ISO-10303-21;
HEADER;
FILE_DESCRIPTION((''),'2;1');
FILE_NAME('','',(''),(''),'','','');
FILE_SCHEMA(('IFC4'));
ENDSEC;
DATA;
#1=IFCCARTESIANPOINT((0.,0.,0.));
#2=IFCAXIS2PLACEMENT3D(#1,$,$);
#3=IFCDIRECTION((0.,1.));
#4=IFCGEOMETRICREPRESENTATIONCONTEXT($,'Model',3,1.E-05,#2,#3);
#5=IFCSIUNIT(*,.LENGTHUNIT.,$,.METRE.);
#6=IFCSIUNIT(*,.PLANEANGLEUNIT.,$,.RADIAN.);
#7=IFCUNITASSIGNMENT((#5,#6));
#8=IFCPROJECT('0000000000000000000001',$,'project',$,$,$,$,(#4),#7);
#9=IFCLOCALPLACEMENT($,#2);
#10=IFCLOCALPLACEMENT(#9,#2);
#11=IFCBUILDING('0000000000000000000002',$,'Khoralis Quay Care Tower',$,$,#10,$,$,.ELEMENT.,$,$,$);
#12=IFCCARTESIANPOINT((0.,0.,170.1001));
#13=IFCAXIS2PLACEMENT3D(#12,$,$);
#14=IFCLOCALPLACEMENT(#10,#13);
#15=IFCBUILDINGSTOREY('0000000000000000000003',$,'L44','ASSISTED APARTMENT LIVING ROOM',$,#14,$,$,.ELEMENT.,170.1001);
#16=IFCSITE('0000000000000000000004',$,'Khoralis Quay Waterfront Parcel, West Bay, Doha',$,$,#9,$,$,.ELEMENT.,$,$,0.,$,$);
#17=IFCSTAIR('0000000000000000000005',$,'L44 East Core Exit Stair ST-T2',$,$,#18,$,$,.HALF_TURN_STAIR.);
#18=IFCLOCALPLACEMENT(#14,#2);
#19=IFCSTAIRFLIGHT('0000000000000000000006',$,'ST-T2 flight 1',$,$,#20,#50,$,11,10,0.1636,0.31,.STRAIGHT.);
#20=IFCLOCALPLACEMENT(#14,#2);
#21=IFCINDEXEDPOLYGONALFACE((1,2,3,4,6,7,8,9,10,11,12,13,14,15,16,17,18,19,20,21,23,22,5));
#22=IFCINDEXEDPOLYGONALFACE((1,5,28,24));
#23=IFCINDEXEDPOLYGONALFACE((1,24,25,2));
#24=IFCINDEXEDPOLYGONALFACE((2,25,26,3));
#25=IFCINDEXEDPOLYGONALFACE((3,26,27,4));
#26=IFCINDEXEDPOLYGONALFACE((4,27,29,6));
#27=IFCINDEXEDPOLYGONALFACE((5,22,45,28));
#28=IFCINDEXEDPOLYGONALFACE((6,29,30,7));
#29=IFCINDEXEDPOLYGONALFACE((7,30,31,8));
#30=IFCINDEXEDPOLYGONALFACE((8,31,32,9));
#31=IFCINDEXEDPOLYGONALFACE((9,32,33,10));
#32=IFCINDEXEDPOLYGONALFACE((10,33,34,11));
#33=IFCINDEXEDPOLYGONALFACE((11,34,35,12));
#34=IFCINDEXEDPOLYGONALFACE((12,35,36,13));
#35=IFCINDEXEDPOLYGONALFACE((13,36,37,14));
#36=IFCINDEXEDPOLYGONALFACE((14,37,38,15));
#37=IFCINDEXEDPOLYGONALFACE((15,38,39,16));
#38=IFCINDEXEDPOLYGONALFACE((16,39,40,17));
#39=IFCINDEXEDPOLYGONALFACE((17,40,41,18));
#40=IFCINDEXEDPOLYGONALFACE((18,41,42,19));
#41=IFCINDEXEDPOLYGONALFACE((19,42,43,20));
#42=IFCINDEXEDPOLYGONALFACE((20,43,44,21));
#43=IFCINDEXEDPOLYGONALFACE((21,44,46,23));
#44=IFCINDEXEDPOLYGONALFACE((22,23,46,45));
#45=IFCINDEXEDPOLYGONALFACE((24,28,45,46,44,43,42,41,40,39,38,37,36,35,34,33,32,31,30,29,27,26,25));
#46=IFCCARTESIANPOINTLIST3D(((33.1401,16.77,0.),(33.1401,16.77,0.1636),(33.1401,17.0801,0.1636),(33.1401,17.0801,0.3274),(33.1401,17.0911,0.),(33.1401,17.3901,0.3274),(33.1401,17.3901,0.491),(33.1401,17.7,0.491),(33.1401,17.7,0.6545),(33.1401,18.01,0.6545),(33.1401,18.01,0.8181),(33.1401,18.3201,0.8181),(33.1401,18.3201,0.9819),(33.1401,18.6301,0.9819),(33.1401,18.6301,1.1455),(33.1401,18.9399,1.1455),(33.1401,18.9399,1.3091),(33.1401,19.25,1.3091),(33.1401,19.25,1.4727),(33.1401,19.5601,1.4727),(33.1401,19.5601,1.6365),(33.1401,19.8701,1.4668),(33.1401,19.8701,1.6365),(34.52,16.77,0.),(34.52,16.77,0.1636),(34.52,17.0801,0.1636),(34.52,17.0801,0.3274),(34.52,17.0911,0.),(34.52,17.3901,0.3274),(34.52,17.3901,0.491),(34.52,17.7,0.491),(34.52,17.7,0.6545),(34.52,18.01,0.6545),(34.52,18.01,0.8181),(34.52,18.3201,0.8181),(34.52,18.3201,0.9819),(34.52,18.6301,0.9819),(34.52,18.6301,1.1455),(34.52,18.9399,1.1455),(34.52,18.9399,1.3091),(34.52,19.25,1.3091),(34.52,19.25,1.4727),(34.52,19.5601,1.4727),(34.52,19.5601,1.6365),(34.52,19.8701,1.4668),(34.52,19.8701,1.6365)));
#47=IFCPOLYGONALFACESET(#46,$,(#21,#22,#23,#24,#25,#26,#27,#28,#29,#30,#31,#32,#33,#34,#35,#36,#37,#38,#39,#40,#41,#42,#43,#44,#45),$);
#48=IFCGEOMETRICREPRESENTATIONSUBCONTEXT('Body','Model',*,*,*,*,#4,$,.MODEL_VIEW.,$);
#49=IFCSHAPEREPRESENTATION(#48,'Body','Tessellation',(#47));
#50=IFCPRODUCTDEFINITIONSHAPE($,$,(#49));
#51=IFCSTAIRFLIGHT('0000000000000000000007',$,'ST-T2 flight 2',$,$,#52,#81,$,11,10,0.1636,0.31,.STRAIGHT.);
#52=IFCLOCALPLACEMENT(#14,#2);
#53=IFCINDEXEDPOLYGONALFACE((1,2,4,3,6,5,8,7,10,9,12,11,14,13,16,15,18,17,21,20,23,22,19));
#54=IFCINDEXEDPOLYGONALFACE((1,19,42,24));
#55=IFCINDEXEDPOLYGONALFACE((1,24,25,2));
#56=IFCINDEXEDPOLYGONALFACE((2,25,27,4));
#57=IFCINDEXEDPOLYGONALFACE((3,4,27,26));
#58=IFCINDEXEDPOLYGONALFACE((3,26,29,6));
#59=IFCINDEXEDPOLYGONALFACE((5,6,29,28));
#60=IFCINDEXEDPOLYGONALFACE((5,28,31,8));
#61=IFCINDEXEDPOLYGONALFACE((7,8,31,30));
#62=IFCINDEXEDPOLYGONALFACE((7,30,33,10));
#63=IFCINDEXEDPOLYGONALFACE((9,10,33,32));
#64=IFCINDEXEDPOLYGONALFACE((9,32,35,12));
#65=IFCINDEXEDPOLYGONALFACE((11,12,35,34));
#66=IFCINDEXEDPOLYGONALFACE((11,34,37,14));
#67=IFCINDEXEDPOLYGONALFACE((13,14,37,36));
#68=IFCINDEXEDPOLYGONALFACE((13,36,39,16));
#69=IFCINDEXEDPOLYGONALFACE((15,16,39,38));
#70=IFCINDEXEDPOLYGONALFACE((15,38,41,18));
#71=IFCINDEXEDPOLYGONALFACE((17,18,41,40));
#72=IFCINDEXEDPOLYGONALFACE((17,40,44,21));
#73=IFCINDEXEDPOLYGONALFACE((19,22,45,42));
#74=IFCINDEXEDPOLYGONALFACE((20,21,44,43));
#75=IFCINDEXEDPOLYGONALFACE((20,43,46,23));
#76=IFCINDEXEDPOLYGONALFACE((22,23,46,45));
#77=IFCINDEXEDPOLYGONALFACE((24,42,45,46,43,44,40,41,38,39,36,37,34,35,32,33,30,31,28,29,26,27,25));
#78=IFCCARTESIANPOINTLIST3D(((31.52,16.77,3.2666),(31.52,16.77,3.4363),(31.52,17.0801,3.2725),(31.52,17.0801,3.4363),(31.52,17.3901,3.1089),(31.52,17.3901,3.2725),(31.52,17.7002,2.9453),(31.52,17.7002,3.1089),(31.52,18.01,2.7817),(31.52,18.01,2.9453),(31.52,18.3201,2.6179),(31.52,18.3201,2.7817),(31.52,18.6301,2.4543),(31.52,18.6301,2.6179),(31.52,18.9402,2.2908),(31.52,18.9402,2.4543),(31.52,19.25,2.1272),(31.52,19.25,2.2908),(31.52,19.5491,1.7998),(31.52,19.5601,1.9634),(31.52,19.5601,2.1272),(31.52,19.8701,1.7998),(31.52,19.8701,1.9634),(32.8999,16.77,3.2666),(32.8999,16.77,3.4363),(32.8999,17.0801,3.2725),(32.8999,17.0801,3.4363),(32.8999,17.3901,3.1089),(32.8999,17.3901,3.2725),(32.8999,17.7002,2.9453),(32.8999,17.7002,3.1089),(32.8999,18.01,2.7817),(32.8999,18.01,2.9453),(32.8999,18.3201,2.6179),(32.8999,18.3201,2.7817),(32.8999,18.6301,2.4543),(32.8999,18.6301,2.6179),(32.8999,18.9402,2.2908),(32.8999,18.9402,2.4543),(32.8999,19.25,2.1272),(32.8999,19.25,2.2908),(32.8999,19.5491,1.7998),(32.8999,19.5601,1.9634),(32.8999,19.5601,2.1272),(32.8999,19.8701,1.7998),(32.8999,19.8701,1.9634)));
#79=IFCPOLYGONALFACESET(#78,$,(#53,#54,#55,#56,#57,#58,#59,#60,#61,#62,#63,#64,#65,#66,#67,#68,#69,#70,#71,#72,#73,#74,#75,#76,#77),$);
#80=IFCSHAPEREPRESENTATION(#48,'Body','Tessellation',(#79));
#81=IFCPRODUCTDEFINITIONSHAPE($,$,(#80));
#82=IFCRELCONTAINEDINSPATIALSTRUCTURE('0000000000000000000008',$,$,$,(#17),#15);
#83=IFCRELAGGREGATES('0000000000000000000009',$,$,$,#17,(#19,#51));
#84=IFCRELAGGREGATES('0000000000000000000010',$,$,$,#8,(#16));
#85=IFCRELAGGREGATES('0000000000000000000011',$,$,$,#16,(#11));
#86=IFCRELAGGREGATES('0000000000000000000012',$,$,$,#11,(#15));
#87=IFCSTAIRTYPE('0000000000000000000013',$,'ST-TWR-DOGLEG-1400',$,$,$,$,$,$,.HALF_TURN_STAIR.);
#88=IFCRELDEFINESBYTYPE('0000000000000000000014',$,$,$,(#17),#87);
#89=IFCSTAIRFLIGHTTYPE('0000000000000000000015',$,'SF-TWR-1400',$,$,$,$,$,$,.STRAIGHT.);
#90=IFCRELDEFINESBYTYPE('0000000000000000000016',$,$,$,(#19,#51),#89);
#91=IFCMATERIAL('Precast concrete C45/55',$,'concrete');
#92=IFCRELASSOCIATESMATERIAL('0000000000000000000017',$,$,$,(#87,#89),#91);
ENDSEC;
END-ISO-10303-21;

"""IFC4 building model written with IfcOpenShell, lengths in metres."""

from ifc_helpers import new_model, si_unit, direction, frame, origin, place, context, subcontext, project, spatial, polyline, outline, extrude, source, transform, mapped, material, type_object, element, aggregate, save


model = new_model("IFC4")

# Units and contexts
model_context = context("Model", 3, precision=1e-05, world=origin(), true_north=direction((0.0, 1.0)))
body_context = subcontext(model_context, "Body", "Model", "MODEL_VIEW")
ifc_project = project(units=[si_unit("LENGTHUNIT", "METRE"), si_unit("PLANEANGLEUNIT", "RADIAN")], contexts=[model_context])

# Site, building, storey
site_placement = place(None, origin())
site = spatial("IfcSite", under=ifc_project, at=site_placement, Name="Khoralis Quay Waterfront Parcel, West Bay, Doha", CompositionType="ELEMENT", RefElevation=0.0)
building_placement = place(site_placement, origin())
building = spatial("IfcBuilding", under=site, at=building_placement, Name="Khoralis Quay Care Tower", CompositionType="ELEMENT")
storey_placement = place(building_placement, frame((0.0, 0.0, 170.1001)))
storey = spatial("IfcBuildingStorey", under=building, at=storey_placement, Name="L44", Description="ASSISTED APARTMENT LIVING ROOM", CompositionType="ELEMENT", Elevation=170.1001)

# Shared definitions
ifc_material_1 = material(Name="Precast concrete C45/55", Category="concrete")

# Stair, stair flights
stair_type = type_object("IfcStairType", Name="ST-TWR-DOGLEG-1400", PredefinedType="HALF_TURN_STAIR", material=ifc_material_1)
stair_placement = place(storey_placement, origin())
stair = element("IfcStair", 1, at=stair_placement, inside=storey, type_object=stair_type, Name="L44 East Core Exit Stair ST-T2", PredefinedType="HALF_TURN_STAIR")
stair_flight_type = type_object("IfcStairFlightType", Name="SF-TWR-1400", PredefinedType="STRAIGHT", material=ifc_material_1)
shared_shape_1 = source(origin(), body_context, "Body", "SweptSolid", [
    extrude(outline(polyline([(0.0, 0.0), (0.0, 0.1636), (0.3101, 0.1636), (0.3101, 0.3274), (0.6201, 0.3274), (0.6201, 0.491), (0.9299, 0.491), (0.9299, 0.6545), (1.24, 0.6545), (1.24, 0.8181), (1.55, 0.8181), (1.55, 0.9819), (1.8601, 0.9819), (1.8601, 1.1455), (2.1699, 1.1455), (2.1699, 1.3091), (2.48, 1.3091), (2.48, 1.4727), (2.79, 1.4727), (2.79, 1.6365), (3.1001, 1.6365), (3.1001, 1.8), (3.1001, 1.4668), (0.321, 0.0), (0.0, 0.0)])), frame((0.0, 0.6899, 0.0), z_axis=(0.0, -1.0, 0.0), x_axis=(1.0, 0.0, 0.0)), (0.0, 0.0, 1.0), 1.3799),
])
stair_flight_1_placement = place(storey_placement, frame((33.8301, 16.77, 0.0), z_axis=(0.0, 0.0, 1.0), x_axis=(0.0, 1.0, 0.0)))
stair_flight_1 = element("IfcStairFlight", 2, at=stair_flight_1_placement, type_object=stair_flight_type, Name="ST-T2 flight 1", NumberOfRisers=11, NumberOfTreads=10, PredefinedType="STRAIGHT", RiserHeight=0.1636, TreadLength=0.31, context=body_context, shape_type="MappedRepresentation", body=[
    mapped(shared_shape_1, transform((0.0, 0.0, 0.0), scale=1.0)),
])
stair_flight_2_placement = place(storey_placement, frame((32.21, 19.8701, 1.7998), z_axis=(0.0, 0.0, 1.0), x_axis=(0.0, -1.0, 0.0)))
stair_flight_2 = element("IfcStairFlight", 3, at=stair_flight_2_placement, type_object=stair_flight_type, Name="ST-T2 flight 2", NumberOfRisers=11, NumberOfTreads=10, PredefinedType="STRAIGHT", RiserHeight=0.1636, TreadLength=0.31, context=body_context, shape_type="MappedRepresentation", body=[
    mapped(shared_shape_1, transform((0.0, 0.0, 0.0), scale=1.0)),
])
aggregate(stair, [stair_flight_1, stair_flight_2])

save(model, "model.ifc")
